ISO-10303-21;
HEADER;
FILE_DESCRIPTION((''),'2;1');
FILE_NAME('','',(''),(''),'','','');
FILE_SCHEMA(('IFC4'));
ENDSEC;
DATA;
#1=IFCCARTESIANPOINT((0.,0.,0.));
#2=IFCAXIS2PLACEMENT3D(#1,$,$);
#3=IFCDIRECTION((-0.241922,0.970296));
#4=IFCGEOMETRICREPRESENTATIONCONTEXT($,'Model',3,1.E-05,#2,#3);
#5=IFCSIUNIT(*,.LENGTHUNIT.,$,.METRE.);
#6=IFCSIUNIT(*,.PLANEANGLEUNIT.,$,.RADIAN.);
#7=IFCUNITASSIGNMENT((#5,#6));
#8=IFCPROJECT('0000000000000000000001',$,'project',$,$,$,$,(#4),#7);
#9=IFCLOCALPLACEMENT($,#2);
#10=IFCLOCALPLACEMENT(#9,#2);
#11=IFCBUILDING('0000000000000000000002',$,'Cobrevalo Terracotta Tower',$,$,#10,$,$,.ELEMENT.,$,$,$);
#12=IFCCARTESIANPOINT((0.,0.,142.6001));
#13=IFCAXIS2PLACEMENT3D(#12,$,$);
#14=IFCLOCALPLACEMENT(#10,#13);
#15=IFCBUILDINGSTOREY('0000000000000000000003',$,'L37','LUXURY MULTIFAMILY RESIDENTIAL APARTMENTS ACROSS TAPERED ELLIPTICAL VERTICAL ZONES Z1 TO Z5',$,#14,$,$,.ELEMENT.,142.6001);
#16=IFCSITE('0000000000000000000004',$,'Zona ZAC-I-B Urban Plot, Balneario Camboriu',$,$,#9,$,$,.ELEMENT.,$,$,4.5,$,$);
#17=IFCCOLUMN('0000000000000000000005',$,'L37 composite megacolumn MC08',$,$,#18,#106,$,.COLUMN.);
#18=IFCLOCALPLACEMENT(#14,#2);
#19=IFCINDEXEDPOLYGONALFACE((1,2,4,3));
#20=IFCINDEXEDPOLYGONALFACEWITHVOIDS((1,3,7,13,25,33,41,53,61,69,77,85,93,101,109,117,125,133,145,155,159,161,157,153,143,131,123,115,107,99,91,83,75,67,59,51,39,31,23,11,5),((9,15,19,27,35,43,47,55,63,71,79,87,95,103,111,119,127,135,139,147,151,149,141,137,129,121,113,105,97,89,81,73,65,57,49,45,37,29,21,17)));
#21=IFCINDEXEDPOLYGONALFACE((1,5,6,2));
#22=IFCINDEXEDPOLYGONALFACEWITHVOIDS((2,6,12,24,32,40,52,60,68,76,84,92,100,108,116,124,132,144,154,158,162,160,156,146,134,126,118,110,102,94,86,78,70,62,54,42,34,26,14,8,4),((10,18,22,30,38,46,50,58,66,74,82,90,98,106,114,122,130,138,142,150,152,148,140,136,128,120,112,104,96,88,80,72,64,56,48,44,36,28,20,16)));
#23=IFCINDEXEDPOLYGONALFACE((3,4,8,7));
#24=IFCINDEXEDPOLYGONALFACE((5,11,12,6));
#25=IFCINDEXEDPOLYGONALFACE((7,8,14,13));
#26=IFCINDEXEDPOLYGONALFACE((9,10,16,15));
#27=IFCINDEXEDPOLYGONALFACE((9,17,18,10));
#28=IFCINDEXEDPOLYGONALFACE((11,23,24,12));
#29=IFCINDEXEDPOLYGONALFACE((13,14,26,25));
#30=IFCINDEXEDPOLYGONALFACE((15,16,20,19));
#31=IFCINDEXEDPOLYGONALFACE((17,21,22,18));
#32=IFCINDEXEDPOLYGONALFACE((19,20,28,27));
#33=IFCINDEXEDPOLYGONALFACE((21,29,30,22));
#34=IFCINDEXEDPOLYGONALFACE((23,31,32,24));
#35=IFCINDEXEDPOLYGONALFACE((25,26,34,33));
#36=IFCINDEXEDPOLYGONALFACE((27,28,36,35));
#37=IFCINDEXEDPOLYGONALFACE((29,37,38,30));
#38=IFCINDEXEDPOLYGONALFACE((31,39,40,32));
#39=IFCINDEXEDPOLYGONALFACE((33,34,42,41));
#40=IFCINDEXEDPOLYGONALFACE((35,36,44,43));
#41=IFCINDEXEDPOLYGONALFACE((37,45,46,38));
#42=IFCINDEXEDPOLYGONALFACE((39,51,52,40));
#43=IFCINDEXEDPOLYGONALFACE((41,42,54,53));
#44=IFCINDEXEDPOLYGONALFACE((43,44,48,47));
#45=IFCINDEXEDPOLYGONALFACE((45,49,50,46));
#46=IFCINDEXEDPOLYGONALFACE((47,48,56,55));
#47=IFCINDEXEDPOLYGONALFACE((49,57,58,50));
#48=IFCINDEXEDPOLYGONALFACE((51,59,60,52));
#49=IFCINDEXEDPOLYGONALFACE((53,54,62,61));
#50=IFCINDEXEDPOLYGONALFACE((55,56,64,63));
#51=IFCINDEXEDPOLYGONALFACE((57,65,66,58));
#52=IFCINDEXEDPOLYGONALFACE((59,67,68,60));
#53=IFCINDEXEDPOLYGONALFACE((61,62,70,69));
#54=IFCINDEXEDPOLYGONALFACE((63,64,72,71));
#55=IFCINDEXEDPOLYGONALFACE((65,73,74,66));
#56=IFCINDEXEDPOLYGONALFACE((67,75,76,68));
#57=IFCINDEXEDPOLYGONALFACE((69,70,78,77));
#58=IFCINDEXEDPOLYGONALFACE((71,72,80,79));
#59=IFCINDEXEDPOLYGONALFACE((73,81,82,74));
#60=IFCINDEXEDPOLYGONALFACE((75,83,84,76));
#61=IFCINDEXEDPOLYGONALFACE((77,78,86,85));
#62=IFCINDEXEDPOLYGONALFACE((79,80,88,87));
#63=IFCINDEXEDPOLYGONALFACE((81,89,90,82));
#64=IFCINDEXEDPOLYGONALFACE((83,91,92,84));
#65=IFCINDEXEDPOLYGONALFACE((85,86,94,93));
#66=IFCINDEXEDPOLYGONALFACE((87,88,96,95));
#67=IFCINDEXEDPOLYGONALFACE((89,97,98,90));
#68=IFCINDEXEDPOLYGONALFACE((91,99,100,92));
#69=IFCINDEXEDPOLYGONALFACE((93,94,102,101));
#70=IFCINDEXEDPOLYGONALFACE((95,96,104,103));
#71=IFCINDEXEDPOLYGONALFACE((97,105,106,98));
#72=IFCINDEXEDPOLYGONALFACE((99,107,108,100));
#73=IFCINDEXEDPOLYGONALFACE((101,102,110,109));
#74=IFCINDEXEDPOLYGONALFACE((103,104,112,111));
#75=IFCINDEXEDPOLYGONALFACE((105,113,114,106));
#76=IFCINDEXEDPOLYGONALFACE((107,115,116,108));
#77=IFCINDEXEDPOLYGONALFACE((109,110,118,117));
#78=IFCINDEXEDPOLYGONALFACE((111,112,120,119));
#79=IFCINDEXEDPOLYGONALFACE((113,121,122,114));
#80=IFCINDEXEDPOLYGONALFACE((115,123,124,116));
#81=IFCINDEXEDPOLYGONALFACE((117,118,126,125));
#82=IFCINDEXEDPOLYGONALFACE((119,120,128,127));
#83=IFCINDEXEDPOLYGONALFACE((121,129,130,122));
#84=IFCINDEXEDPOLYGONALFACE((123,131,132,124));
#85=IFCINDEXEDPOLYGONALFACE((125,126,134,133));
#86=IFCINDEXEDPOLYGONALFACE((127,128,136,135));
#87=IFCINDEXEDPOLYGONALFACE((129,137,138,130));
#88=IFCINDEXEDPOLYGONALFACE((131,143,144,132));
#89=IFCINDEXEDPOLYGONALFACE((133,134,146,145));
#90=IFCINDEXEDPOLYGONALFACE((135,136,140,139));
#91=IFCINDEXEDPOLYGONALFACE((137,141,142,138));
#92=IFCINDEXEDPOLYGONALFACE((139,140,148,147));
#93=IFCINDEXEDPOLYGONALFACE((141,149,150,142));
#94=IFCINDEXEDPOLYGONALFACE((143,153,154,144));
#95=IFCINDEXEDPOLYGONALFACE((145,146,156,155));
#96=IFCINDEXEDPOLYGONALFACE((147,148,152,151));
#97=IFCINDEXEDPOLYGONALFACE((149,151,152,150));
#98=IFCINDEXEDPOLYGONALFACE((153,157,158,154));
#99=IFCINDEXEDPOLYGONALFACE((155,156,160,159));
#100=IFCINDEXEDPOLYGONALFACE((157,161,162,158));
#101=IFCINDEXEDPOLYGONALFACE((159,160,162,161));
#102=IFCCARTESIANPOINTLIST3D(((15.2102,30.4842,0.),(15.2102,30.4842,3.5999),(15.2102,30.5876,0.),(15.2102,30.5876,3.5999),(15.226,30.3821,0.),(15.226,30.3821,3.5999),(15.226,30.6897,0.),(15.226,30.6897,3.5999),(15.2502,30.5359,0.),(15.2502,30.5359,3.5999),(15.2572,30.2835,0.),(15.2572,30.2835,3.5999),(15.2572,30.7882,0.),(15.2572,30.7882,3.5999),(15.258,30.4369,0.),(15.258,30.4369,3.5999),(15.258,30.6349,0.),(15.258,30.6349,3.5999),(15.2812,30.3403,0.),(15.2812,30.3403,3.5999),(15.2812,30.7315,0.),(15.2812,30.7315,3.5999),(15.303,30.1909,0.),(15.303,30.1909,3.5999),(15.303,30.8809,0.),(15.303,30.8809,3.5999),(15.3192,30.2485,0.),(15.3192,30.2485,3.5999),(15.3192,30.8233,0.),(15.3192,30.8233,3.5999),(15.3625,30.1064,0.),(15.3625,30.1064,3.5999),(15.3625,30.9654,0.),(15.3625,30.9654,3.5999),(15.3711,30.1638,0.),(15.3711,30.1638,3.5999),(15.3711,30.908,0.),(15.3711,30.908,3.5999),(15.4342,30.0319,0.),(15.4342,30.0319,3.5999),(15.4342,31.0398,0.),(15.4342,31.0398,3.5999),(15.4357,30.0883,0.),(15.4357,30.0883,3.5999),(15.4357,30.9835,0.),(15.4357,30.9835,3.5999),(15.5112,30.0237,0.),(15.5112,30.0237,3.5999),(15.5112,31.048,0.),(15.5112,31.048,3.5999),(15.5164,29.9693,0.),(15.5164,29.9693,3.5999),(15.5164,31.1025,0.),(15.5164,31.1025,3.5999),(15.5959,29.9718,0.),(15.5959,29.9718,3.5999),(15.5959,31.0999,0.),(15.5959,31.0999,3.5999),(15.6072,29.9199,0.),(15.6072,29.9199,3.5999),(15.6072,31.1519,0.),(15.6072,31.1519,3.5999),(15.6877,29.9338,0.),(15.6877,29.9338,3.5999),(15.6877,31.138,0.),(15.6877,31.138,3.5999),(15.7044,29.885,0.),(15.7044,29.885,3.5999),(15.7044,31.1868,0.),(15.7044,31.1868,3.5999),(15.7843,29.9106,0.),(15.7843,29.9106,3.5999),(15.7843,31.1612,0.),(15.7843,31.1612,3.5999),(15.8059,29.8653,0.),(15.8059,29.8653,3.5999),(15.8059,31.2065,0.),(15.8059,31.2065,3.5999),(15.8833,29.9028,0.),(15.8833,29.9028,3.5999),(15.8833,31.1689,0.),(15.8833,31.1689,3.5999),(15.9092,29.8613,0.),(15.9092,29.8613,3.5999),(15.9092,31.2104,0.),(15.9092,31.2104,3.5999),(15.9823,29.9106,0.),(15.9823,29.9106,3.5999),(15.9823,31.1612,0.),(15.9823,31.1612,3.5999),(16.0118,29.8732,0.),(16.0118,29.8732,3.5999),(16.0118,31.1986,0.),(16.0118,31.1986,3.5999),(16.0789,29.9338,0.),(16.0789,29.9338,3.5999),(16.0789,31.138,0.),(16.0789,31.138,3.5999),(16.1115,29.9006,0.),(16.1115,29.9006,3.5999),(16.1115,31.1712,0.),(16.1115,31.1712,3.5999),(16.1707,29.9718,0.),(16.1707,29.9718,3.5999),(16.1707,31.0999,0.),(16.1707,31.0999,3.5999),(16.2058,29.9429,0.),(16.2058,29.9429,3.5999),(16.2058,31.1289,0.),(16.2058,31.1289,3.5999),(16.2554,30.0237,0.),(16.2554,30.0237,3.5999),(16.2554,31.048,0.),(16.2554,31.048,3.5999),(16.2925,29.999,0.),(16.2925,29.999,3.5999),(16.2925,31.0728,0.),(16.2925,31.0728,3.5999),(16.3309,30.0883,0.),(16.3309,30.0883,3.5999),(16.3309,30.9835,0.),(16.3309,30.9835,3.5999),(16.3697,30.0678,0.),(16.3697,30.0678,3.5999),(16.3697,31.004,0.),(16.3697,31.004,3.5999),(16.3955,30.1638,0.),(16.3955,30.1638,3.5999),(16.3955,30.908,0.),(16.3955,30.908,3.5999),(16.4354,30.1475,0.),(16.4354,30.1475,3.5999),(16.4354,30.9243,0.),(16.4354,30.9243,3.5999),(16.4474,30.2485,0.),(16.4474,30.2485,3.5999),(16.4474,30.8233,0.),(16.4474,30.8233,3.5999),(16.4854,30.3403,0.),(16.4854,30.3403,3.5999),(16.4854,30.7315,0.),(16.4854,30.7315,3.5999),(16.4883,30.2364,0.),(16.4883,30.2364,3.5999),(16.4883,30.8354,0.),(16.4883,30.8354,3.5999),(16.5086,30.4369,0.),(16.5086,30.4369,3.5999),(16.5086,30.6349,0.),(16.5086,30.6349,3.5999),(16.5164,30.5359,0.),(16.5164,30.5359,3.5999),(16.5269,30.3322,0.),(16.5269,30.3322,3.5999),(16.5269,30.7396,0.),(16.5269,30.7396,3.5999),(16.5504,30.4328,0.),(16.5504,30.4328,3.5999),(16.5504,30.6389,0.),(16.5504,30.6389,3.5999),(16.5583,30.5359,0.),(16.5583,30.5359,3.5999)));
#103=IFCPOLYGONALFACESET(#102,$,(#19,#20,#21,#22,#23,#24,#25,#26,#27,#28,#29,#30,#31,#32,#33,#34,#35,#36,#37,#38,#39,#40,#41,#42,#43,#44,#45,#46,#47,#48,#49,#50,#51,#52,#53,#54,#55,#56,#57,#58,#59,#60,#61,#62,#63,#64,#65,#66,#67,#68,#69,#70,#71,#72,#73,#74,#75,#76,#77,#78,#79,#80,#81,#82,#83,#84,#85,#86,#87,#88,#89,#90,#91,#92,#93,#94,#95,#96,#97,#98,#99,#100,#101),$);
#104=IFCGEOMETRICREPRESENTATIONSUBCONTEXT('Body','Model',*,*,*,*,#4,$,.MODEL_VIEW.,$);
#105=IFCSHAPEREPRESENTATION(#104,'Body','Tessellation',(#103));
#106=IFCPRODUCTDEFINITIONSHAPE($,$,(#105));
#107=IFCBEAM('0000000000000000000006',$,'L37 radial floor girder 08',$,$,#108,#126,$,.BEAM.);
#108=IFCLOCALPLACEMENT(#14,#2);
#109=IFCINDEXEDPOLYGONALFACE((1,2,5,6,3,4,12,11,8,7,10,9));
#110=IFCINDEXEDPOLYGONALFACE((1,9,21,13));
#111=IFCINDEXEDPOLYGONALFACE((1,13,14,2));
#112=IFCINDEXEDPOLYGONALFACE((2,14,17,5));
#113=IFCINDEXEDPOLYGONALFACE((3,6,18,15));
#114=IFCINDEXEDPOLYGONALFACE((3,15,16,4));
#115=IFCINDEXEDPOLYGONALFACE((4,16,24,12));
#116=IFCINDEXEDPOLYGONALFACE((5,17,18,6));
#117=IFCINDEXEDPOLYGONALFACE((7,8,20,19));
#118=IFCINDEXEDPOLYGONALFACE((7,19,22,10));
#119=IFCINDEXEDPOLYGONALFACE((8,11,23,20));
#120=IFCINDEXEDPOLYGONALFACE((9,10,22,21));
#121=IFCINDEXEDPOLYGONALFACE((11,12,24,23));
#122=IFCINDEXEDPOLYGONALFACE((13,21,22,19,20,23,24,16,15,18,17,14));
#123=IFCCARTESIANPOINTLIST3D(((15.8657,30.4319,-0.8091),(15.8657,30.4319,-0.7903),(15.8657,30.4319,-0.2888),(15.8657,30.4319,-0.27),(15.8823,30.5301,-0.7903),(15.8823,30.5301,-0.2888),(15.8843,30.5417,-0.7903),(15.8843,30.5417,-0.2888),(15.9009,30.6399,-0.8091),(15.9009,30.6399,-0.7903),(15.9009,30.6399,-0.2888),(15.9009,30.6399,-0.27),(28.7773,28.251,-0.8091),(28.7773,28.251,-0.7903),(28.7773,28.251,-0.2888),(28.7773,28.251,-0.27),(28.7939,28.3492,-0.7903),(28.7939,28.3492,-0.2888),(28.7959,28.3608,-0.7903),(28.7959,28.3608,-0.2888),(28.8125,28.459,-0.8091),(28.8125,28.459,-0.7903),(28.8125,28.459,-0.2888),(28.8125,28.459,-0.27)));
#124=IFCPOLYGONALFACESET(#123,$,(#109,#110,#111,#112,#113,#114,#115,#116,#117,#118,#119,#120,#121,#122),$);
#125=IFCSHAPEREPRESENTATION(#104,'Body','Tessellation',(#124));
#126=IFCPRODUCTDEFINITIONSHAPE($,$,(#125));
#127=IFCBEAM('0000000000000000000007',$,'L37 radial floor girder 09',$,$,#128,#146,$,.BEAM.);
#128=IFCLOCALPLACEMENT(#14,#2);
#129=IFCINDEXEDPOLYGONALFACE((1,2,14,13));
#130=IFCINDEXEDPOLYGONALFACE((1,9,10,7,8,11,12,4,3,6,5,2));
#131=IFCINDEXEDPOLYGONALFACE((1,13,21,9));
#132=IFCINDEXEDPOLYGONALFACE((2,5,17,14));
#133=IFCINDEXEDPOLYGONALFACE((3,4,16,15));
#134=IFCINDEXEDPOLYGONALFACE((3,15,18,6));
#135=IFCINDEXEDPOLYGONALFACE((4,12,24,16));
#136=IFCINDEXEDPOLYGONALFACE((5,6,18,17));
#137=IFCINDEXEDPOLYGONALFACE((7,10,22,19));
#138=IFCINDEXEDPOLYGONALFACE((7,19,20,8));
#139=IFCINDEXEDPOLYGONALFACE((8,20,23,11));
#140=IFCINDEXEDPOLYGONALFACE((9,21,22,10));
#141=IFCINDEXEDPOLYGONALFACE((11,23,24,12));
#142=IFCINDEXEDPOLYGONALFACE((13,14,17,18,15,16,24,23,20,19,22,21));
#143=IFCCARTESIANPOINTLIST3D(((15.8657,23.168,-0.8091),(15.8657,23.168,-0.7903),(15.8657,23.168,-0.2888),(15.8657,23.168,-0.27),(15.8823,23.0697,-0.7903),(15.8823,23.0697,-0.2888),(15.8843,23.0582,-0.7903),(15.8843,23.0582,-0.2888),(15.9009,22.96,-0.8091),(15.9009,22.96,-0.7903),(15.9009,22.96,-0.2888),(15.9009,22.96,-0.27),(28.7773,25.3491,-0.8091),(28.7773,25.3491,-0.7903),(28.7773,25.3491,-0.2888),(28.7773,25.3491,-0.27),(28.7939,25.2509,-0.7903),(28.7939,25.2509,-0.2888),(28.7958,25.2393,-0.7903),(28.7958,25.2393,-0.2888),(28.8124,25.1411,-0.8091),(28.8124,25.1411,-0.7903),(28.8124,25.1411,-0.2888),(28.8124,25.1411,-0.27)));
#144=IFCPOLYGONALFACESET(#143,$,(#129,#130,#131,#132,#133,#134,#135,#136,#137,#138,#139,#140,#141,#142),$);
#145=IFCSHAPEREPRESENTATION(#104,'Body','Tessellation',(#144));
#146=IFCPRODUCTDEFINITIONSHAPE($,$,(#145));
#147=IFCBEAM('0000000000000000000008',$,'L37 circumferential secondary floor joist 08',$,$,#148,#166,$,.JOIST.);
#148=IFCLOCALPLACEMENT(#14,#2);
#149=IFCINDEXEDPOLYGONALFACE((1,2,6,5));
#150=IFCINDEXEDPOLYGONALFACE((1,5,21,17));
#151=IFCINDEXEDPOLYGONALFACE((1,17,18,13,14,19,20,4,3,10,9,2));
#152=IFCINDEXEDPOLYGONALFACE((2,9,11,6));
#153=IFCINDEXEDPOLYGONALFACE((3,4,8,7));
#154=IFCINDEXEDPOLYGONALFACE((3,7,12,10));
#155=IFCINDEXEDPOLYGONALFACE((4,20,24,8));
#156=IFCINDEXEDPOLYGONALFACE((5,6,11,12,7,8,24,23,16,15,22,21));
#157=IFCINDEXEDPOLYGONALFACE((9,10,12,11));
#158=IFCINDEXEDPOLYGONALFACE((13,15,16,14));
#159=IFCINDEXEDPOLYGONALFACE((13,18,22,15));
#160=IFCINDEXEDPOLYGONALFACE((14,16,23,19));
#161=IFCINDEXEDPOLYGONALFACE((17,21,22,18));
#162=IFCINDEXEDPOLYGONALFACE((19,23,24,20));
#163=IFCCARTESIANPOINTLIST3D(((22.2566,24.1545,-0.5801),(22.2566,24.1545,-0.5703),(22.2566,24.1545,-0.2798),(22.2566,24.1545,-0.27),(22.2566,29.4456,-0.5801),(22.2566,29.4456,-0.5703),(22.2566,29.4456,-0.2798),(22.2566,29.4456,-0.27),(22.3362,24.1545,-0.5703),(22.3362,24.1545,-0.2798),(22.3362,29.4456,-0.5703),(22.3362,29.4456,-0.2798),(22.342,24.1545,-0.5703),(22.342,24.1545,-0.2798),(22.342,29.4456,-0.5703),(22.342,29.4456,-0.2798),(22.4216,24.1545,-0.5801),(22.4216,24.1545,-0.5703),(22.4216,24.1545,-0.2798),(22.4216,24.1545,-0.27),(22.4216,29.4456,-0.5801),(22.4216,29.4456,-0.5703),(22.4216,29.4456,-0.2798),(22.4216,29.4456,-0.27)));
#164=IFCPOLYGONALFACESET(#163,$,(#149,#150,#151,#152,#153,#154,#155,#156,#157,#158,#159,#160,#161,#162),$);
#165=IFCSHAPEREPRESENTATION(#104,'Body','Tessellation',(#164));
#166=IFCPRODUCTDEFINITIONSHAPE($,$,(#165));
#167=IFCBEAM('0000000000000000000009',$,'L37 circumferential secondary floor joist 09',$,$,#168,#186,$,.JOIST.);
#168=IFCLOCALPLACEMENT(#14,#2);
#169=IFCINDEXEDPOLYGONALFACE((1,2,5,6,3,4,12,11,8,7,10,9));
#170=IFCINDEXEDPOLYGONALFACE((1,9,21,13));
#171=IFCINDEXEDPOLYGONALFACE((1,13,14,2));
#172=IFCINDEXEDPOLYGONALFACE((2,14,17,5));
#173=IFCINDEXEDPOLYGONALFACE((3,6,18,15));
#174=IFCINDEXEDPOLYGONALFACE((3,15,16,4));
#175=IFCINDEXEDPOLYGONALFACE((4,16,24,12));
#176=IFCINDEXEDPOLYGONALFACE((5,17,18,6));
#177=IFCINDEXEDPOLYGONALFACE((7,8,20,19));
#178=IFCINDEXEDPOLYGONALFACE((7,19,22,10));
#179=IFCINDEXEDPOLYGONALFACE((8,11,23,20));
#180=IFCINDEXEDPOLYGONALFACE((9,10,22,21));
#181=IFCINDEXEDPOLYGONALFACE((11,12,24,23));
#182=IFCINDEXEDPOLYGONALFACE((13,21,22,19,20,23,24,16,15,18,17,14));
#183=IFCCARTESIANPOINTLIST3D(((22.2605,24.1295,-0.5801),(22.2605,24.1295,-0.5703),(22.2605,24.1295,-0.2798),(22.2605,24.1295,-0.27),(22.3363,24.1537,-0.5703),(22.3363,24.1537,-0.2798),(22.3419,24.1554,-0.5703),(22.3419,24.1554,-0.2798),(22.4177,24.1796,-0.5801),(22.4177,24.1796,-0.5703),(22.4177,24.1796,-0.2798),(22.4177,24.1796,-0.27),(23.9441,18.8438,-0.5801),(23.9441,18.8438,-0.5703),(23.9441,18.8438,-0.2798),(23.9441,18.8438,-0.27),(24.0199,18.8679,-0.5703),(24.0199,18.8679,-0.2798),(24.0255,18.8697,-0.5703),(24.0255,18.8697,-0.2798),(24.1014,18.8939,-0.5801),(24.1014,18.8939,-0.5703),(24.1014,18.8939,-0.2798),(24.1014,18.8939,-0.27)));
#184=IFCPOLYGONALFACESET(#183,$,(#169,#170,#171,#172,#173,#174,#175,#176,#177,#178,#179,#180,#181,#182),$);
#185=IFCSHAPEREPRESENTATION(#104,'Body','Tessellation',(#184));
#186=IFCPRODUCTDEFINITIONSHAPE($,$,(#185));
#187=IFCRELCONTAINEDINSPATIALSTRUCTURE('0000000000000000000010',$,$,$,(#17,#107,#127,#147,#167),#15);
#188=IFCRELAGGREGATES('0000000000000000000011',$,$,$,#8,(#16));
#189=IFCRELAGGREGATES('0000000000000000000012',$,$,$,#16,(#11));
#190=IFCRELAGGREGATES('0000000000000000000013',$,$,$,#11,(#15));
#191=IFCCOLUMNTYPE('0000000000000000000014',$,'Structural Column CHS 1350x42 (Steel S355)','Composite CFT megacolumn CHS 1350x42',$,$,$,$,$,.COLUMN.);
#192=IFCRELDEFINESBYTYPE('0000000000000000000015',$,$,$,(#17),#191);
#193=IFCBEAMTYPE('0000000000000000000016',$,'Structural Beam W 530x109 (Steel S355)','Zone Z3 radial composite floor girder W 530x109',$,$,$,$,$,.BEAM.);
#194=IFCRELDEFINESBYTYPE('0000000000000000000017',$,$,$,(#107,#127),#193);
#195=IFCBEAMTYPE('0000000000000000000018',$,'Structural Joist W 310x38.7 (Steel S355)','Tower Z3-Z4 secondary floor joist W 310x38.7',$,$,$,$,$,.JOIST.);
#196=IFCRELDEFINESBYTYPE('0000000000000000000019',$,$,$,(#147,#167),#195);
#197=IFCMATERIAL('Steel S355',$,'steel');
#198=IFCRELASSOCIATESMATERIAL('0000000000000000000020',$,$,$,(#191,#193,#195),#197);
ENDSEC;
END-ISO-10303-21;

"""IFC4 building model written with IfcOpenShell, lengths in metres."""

from ifc_helpers import new_model, si_unit, direction, frame, origin, origin_2d, place, context, subcontext, project, spatial, hollow_circle, i_section, extrude, material, material_profile, profile_set, type_object, element, save


model = new_model("IFC4")

# Units and contexts
model_context = context("Model", 3, precision=1e-05, world=origin(), true_north=direction((-0.241922, 0.970296)))
body_context = subcontext(model_context, "Body", "Model", "MODEL_VIEW")
ifc_project = project(units=[si_unit("LENGTHUNIT", "METRE"), si_unit("PLANEANGLEUNIT", "RADIAN")], contexts=[model_context])

# Site, building, storey
site_placement = place(None, origin())
site = spatial("IfcSite", under=ifc_project, at=site_placement, Name="Zona ZAC-I-B Urban Plot, Balneario Camboriu", CompositionType="ELEMENT", RefElevation=4.5)
building_placement = place(site_placement, origin())
building = spatial("IfcBuilding", under=site, at=building_placement, Name="Cobrevalo Terracotta Tower", CompositionType="ELEMENT")
storey_placement = place(building_placement, frame((0.0, 0.0, 142.6001)))
storey = spatial("IfcBuildingStorey", under=building, at=storey_placement, Name="L37", Description="LUXURY MULTIFAMILY RESIDENTIAL APARTMENTS ACROSS TAPERED ELLIPTICAL VERTICAL ZONES Z1 TO Z5", CompositionType="ELEMENT", Elevation=142.6001)

# Column
ifc_material_1 = material(Name="Steel S355", Category="steel")
ifc_material_profile_1 = material_profile(ifc_material_1, hollow_circle(Radius=0.675, WallThickness=0.042, at=origin_2d()), Name="CHS 1350x42")
ifc_profile_set_1 = profile_set([ifc_material_profile_1], Name="Steel S355")
column_type = type_object("IfcColumnType", Name="Structural Column CHS 1350x42 (Steel S355)", Description="Composite CFT megacolumn CHS 1350x42", PredefinedType="COLUMN", material=ifc_profile_set_1)
column_placement = place(storey_placement, frame((15.8833, 30.5359, 0.0), z_axis=(0.0, 0.0, 1.0), x_axis=(1.0, 0.0, 0.0)))
element("IfcColumn", 1, at=column_placement, inside=storey, type_object=column_type, Name="L37 composite megacolumn MC08", PredefinedType="COLUMN", context=body_context, shape_type="SweptSolid", body=[
    extrude(hollow_circle(Radius=0.675, WallThickness=0.042, at=origin_2d()), origin(), (0.0, 0.0, 1.0), 3.5999),
])

# Beams
ifc_material_profile_2 = material_profile(ifc_material_1, i_section(OverallWidth=0.2109, OverallDepth=0.5391, WebThickness=0.0117, FlangeThickness=0.0188, at=origin_2d()), Name="W 530x109")
ifc_profile_set_2 = profile_set([ifc_material_profile_2], Name="Steel S355")
beam_type_1 = type_object("IfcBeamType", Name="Structural Beam W 530x109 (Steel S355)", Description="Zone Z3 radial composite floor girder W 530x109", PredefinedType="BEAM", material=ifc_profile_set_2)
for number, where, z_axis, x_axis, name in (
    (2, (15.8833, 30.5359, -0.5396), (0.986033, -0.166551, 0.0), (0.166551, 0.986033, 0.0), "L37 radial floor girder 08"),
    (3, (15.8833, 23.064, -0.5396), (0.98603, 0.166569, 0.0), (-0.166569, 0.98603, 0.0), "L37 radial floor girder 09"),
):
    element("IfcBeam", number, at=place(storey_placement, frame(where, z_axis=z_axis, x_axis=x_axis)), inside=storey, type_object=beam_type_1, Name=name, PredefinedType="BEAM", context=body_context, shape_type="SweptSolid", body=[
        extrude(i_section(OverallWidth=0.2109, OverallDepth=0.5391, WebThickness=0.0117, FlangeThickness=0.0188, at=origin_2d()), origin(), (0.0, 0.0, 1.0), 13.0945),
    ])
ifc_material_profile_3 = material_profile(ifc_material_1, i_section(OverallWidth=0.165, OverallDepth=0.3101, WebThickness=0.0059, FlangeThickness=0.0098, at=origin_2d()), Name="W 310x38.7")
ifc_profile_set_3 = profile_set([ifc_material_profile_3], Name="Steel S355")
beam_type_2 = type_object("IfcBeamType", Name="Structural Joist W 310x38.7 (Steel S355)", Description="Tower Z3-Z4 secondary floor joist W 310x38.7", PredefinedType="JOIST", material=ifc_profile_set_3)
beam_1_placement = place(storey_placement, frame((22.3391, 29.4456, -0.425), z_axis=(0.0, -1.0, 0.0), x_axis=(1.0, 0.0, 0.0)))
element("IfcBeam", 4, at=beam_1_placement, inside=storey, type_object=beam_type_2, Name="L37 circumferential secondary floor joist 08", PredefinedType="JOIST", context=body_context, shape_type="SweptSolid", body=[
    extrude(i_section(OverallWidth=0.165, OverallDepth=0.3101, WebThickness=0.0059, FlangeThickness=0.0098, at=origin_2d()), origin(), (0.0, 0.0, 1.0), 5.291),
])
beam_2_placement = place(storey_placement, frame((22.3391, 24.1545, -0.425), z_axis=(0.303498, -0.952832, 0.0), x_axis=(0.952832, 0.303498, 0.0)))
element("IfcBeam", 5, at=beam_2_placement, inside=storey, type_object=beam_type_2, Name="L37 circumferential secondary floor joist 09", PredefinedType="JOIST", context=body_context, shape_type="SweptSolid", body=[
    extrude(i_section(OverallWidth=0.165, OverallDepth=0.3101, WebThickness=0.0059, FlangeThickness=0.0098, at=origin_2d()), origin(), (0.0, 0.0, 1.0), 5.5474),
])

save(model, "model.ifc")
